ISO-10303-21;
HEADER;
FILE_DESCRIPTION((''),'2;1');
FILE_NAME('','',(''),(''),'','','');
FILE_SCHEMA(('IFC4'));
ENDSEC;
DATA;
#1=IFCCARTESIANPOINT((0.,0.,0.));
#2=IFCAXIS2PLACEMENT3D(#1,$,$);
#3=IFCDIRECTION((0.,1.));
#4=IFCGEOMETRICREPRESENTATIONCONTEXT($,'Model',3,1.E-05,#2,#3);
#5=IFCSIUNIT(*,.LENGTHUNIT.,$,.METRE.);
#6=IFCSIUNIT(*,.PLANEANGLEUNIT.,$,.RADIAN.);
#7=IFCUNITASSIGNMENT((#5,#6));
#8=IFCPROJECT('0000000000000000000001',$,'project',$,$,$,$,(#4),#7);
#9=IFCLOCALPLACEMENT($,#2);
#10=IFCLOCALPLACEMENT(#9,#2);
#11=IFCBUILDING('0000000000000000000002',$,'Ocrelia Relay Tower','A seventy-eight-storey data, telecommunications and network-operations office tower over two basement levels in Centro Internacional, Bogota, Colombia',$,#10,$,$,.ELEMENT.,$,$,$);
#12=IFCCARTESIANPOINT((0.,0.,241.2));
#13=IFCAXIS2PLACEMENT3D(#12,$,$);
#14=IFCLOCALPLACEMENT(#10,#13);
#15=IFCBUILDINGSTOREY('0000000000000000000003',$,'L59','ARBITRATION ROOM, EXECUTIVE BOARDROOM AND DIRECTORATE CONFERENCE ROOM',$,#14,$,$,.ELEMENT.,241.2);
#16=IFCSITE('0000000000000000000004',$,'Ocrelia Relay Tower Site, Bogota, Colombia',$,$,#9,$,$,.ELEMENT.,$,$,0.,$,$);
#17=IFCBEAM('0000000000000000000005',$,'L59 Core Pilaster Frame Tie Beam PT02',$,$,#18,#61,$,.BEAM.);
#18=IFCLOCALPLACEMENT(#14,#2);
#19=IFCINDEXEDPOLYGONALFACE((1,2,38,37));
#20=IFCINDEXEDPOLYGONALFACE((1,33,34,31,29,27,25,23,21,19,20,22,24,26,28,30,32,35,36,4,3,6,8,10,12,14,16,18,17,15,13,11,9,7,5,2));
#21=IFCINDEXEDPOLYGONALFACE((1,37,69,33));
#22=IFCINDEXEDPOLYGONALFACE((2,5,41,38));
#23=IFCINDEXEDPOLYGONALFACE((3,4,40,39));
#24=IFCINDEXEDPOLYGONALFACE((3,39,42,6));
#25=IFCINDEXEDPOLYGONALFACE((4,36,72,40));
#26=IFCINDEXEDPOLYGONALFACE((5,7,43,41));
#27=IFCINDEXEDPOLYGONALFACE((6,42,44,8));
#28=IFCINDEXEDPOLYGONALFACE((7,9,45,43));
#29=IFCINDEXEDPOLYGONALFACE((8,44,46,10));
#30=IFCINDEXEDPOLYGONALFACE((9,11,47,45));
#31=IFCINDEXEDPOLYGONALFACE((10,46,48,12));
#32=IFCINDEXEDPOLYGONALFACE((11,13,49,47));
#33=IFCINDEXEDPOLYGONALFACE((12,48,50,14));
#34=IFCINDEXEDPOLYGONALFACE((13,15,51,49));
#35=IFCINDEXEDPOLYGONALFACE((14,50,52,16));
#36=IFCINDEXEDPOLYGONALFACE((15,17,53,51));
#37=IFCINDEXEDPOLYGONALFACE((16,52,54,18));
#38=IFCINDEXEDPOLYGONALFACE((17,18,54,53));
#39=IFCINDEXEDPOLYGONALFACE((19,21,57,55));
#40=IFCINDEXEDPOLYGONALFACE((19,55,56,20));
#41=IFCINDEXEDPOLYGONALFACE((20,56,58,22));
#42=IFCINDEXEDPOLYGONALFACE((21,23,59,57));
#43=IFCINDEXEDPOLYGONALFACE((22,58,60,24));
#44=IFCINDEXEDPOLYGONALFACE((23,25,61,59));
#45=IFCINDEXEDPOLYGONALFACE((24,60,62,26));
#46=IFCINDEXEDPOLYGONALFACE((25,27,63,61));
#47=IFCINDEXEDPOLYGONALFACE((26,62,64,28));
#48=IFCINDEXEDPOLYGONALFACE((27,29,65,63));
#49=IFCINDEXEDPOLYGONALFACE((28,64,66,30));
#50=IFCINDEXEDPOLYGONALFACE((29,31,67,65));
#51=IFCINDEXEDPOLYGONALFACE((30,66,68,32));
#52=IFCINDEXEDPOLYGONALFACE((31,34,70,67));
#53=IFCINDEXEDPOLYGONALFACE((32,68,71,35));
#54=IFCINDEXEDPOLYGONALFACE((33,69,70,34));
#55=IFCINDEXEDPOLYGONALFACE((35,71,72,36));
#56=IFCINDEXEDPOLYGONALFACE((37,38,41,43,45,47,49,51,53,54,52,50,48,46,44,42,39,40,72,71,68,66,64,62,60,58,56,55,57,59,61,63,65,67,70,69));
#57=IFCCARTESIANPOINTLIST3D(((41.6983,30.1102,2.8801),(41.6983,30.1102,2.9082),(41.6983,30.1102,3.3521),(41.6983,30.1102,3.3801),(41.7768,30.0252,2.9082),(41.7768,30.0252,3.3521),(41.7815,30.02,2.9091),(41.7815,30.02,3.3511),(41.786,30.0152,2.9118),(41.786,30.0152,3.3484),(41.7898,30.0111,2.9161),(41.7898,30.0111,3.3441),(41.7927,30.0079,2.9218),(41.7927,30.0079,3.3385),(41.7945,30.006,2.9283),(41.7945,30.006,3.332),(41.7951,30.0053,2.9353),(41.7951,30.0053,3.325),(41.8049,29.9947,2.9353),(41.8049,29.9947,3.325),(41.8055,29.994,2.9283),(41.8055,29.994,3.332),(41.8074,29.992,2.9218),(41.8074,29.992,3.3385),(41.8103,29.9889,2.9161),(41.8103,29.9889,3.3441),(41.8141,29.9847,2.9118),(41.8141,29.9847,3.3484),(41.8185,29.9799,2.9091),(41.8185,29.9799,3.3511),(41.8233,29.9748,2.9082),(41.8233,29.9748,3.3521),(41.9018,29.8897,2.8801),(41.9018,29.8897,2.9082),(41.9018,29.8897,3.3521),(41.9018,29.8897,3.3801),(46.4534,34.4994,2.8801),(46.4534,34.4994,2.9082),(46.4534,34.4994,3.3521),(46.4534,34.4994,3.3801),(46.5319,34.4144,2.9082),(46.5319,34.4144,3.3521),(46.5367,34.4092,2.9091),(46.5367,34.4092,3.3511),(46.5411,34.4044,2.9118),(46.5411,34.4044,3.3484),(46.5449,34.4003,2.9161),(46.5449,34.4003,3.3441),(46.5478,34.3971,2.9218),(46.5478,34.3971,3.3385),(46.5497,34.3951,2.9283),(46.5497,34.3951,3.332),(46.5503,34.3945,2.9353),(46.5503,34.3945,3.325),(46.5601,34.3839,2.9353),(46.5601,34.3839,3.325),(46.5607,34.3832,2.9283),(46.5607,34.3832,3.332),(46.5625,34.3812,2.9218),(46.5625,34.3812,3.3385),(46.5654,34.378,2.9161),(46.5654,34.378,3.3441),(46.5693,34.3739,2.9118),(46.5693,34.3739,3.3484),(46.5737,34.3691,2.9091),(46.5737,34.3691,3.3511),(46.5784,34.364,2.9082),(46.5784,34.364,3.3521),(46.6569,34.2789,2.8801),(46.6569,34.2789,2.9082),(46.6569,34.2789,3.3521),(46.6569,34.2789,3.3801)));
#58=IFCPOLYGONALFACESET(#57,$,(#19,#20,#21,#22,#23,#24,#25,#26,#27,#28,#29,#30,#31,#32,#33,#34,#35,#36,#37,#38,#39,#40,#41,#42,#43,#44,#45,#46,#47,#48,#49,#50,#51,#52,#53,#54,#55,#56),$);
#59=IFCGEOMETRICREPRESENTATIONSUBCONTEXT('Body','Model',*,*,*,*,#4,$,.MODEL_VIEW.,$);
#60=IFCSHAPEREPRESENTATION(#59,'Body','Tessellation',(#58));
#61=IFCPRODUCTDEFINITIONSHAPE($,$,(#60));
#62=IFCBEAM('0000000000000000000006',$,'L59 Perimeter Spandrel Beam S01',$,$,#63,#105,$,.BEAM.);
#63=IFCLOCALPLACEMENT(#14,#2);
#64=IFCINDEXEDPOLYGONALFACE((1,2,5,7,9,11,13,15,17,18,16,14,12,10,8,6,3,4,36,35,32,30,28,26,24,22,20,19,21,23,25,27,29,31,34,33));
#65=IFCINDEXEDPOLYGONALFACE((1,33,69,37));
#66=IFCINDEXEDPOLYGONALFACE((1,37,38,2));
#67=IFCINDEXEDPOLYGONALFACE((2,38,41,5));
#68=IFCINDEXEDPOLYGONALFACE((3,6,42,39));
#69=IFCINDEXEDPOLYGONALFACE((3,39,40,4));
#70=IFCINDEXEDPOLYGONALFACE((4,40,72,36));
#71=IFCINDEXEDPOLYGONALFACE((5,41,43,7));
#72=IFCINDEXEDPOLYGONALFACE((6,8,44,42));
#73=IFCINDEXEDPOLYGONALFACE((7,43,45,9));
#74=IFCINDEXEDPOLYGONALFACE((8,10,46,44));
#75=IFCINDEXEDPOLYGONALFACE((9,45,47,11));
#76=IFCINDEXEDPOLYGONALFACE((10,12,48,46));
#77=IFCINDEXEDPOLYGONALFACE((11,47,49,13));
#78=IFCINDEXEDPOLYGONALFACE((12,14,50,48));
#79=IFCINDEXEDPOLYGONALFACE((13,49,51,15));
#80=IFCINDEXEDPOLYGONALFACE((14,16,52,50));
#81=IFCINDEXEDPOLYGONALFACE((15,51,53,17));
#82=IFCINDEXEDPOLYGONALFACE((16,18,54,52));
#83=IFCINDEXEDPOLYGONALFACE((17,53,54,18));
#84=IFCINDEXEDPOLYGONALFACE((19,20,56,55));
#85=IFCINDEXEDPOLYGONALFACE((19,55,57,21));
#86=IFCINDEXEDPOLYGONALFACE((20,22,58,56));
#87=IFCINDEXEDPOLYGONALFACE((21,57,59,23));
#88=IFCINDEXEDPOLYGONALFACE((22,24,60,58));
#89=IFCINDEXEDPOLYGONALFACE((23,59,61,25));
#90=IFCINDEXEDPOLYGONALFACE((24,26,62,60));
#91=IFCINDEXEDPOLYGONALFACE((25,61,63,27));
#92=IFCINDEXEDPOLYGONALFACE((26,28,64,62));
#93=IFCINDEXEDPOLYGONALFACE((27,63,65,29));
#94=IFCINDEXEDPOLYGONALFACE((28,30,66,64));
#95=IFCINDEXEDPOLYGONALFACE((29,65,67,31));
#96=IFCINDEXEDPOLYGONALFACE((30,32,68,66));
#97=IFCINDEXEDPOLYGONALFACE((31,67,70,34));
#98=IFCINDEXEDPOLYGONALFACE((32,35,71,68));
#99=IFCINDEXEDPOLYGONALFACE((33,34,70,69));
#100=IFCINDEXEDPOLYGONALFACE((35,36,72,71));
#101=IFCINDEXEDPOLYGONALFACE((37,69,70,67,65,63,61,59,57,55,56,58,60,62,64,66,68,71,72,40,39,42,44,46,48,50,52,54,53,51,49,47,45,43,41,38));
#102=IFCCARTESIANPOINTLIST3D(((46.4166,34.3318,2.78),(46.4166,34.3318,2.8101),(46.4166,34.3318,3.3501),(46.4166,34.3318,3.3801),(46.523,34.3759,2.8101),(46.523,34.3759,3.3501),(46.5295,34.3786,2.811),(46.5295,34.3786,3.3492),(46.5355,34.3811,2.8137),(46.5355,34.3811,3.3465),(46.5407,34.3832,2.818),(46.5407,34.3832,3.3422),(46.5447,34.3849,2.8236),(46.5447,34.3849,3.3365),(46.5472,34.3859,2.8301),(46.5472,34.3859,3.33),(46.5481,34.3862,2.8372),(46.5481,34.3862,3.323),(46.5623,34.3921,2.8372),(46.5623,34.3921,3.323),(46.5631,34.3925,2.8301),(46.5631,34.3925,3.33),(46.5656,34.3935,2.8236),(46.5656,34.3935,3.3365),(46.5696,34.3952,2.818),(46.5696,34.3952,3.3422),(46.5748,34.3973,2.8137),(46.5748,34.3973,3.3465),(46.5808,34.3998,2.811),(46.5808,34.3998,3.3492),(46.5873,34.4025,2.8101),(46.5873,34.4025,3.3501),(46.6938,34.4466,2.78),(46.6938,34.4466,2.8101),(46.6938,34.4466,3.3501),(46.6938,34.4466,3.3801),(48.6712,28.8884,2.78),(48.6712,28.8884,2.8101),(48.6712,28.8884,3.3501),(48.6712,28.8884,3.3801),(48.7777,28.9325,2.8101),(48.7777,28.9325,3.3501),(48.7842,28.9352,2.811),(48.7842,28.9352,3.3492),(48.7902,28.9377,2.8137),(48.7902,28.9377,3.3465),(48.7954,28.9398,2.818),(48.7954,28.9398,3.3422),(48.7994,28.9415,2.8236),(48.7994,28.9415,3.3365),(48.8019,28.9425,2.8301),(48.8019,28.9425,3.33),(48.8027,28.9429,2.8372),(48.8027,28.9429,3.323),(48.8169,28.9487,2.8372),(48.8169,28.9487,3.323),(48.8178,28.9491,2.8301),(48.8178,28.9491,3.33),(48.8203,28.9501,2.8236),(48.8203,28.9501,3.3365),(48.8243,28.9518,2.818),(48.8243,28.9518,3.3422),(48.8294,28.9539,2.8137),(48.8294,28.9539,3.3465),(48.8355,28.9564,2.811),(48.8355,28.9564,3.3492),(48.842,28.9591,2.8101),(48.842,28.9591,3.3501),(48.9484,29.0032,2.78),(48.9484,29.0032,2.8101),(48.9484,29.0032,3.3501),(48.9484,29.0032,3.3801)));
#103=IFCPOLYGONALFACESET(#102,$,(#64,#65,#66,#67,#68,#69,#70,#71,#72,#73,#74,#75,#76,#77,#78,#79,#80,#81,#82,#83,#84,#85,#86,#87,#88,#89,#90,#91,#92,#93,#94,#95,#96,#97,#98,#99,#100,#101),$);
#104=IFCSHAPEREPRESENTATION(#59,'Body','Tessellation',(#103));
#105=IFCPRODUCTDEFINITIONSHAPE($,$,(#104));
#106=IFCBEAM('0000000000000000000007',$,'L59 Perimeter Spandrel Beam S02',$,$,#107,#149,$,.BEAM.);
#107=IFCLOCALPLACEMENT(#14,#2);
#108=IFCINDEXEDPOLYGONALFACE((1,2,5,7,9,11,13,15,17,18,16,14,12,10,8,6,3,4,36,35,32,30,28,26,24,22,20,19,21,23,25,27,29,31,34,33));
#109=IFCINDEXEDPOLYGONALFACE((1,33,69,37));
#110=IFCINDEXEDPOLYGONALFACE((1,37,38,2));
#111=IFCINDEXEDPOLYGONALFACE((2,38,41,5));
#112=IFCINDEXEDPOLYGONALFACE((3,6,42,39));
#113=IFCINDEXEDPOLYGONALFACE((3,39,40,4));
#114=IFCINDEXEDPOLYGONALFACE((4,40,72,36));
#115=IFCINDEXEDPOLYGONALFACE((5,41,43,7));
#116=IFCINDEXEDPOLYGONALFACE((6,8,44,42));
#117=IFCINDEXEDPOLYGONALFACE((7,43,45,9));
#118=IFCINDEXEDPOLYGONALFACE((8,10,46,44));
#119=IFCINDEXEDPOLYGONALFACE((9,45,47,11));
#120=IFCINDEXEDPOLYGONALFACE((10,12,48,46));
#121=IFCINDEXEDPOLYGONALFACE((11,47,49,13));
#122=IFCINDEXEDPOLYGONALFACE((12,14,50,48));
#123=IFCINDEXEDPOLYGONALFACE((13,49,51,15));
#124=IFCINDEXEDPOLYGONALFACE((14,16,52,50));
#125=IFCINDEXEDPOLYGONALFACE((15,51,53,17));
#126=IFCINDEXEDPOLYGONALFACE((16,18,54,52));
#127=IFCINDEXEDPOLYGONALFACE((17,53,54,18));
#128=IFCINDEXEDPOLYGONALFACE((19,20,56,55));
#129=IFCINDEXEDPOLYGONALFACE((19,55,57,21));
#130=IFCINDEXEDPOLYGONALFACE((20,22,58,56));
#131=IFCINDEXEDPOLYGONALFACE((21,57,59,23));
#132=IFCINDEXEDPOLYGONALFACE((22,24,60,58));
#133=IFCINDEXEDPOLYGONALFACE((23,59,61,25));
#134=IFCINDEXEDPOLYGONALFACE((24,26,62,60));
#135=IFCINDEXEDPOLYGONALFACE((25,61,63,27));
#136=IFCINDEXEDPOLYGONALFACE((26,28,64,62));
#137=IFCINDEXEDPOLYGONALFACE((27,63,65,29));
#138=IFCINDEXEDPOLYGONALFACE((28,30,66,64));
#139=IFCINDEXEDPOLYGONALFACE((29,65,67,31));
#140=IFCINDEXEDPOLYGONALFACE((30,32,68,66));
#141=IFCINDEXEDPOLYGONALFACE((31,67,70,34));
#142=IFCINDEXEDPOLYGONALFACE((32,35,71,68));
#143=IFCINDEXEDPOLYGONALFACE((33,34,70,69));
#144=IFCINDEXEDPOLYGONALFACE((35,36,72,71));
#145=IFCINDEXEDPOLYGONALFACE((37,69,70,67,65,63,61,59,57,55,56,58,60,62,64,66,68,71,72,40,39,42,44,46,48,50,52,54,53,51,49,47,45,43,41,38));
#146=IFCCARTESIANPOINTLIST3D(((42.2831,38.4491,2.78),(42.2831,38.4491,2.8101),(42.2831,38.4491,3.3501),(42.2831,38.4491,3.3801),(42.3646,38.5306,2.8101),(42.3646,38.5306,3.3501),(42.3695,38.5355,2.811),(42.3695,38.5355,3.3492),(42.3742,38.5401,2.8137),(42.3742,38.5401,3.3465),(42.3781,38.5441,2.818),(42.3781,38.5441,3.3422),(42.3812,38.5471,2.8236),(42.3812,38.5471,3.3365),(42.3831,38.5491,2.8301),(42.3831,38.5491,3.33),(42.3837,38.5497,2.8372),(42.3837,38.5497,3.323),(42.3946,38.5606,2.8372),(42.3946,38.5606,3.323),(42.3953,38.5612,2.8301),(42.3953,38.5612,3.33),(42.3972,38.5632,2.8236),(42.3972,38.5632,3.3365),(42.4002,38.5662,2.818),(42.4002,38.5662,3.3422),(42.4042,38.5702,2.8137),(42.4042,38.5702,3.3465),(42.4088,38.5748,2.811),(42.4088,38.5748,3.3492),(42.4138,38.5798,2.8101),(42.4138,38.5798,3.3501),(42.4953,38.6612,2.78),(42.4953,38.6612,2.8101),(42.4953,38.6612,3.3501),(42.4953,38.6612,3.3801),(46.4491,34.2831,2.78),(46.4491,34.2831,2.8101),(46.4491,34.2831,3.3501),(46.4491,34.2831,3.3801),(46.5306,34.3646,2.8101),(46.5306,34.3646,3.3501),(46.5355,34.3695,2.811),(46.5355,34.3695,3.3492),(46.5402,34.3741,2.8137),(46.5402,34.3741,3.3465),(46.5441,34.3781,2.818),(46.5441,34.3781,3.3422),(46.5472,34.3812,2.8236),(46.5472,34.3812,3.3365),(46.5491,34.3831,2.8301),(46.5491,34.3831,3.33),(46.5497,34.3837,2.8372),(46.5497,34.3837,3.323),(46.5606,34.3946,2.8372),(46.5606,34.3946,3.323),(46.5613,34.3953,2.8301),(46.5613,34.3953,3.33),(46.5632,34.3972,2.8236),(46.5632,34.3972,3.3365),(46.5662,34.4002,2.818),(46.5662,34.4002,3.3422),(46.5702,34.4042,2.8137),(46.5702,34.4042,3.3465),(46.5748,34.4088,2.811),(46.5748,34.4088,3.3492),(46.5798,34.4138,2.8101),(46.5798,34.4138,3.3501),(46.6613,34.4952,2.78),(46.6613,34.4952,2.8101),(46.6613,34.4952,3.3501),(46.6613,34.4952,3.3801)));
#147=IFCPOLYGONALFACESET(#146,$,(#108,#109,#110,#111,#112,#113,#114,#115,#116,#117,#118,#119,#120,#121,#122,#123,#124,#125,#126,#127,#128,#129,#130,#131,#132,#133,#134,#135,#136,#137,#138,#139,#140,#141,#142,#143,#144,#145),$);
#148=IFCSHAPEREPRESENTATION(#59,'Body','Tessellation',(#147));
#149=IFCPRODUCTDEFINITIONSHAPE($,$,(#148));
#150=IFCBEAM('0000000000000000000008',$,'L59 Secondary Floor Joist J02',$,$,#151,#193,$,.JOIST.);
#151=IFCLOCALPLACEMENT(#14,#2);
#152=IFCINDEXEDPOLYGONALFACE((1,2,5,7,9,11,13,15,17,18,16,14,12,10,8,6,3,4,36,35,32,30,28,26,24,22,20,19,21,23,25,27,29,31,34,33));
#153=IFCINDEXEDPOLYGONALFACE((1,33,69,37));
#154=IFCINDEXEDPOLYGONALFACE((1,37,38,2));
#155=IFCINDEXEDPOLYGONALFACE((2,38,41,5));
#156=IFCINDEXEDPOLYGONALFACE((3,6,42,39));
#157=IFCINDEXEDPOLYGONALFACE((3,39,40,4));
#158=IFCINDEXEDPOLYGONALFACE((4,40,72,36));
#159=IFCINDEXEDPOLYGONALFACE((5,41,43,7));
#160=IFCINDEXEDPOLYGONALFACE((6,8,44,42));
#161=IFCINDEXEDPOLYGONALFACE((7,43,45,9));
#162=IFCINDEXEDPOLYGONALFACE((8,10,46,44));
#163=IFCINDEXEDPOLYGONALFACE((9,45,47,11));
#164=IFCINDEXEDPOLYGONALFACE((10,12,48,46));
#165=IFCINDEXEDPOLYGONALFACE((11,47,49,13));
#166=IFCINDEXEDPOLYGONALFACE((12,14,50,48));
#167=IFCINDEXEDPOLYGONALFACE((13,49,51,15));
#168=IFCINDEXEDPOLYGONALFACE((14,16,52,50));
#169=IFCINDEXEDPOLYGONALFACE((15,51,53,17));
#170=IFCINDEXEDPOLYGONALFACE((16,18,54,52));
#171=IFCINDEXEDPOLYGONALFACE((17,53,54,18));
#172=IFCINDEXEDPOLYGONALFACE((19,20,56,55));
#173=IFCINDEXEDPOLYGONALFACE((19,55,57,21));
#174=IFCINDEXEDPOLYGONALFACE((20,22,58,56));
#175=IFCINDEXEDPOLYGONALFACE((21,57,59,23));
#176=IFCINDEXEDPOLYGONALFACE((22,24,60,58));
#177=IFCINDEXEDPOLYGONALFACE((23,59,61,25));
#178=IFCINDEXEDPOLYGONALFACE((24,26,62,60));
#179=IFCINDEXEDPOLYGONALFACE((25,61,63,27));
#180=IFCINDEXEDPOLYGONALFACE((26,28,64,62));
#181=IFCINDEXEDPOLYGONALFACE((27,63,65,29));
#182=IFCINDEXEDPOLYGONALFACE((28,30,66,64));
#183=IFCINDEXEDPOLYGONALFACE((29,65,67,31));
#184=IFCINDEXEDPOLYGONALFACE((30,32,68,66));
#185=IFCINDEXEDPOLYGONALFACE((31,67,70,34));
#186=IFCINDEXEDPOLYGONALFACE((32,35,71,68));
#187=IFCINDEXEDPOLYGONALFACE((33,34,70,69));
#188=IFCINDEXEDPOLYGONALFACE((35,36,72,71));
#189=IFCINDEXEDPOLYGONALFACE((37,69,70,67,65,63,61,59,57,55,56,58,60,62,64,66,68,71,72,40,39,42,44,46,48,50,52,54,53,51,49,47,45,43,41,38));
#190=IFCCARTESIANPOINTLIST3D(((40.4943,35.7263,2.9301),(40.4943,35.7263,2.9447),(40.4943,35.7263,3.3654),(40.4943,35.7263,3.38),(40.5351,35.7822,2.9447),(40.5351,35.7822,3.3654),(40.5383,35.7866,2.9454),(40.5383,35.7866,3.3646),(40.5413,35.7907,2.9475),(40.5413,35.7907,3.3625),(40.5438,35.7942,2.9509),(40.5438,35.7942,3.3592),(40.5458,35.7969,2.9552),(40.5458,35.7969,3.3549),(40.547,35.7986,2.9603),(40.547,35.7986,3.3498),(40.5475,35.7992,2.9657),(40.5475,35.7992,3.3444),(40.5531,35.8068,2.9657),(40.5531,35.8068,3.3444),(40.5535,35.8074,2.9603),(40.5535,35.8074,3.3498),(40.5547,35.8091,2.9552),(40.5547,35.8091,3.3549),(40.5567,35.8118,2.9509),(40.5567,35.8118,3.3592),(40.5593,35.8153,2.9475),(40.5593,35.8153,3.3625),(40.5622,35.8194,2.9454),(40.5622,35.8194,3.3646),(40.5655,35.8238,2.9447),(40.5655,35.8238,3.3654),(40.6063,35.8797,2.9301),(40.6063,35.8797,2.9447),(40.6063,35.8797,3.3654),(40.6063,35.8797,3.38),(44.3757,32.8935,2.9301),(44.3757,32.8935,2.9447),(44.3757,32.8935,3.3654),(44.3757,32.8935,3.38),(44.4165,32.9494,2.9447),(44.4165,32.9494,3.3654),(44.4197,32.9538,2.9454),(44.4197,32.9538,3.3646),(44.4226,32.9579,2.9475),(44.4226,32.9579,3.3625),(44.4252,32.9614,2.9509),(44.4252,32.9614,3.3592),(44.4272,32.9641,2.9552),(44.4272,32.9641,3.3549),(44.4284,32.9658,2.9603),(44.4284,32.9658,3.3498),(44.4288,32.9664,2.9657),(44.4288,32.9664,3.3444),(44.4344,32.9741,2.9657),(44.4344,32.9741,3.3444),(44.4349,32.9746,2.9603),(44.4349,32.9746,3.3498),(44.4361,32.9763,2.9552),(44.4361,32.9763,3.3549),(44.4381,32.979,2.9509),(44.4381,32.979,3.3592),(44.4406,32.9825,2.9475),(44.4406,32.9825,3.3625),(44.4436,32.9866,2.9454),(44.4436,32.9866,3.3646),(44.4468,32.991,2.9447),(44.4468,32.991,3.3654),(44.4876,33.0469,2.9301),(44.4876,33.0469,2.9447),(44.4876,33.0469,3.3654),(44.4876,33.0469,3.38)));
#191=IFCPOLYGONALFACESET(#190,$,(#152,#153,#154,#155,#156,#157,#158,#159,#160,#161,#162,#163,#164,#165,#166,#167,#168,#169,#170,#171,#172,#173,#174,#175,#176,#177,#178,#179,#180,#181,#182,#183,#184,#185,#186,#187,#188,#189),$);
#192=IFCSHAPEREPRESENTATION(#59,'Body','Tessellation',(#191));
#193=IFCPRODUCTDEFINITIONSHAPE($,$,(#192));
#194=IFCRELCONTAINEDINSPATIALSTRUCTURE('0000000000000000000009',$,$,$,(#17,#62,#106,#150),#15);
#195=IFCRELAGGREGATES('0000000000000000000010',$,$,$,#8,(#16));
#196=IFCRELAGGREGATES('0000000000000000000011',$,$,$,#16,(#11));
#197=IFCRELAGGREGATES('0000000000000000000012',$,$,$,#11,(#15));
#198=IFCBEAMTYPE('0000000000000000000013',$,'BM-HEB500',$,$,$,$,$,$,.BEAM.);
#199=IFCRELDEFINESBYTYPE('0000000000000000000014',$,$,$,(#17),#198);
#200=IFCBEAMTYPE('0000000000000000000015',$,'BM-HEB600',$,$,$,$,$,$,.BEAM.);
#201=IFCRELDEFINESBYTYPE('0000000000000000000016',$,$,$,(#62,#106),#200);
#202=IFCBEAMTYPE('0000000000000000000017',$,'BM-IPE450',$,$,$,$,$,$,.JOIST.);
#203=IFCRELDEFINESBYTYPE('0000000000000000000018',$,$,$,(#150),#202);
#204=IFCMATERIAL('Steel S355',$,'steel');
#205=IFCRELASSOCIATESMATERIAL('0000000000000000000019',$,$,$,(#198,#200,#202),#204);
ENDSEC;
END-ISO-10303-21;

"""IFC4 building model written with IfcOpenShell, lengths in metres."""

from ifc_helpers import new_model, si_unit, direction, frame, origin, origin_2d, place, context, subcontext, project, spatial, i_section, extrude, material, material_profile, profile_set, type_object, element, save


model = new_model("IFC4")

# Units and contexts
model_context = context("Model", 3, precision=1e-05, world=origin(), true_north=direction((0.0, 1.0)))
body_context = subcontext(model_context, "Body", "Model", "MODEL_VIEW")
ifc_project = project(units=[si_unit("LENGTHUNIT", "METRE"), si_unit("PLANEANGLEUNIT", "RADIAN")], contexts=[model_context])

# Site, building, storey
site_placement = place(None, origin())
site = spatial("IfcSite", under=ifc_project, at=site_placement, Name="Ocrelia Relay Tower Site, Bogota, Colombia", CompositionType="ELEMENT", RefElevation=0.0)
building_placement = place(site_placement, origin())
building = spatial("IfcBuilding", under=site, at=building_placement, Name="Ocrelia Relay Tower", Description="A seventy-eight-storey data, telecommunications and network-operations office tower over two basement levels in Centro Internacional, Bogota, Colombia", CompositionType="ELEMENT")
storey_placement = place(building_placement, frame((0.0, 0.0, 241.2)))
storey = spatial("IfcBuildingStorey", under=building, at=storey_placement, Name="L59", Description="ARBITRATION ROOM, EXECUTIVE BOARDROOM AND DIRECTORATE CONFERENCE ROOM", CompositionType="ELEMENT", Elevation=241.2)

# Beams
ifc_material_1 = material(Name="Steel S355", Category="steel")
ifc_material_profile_1 = material_profile(ifc_material_1, i_section(OverallWidth=0.3, OverallDepth=0.5, WebThickness=0.0144, FlangeThickness=0.0281, FilletRadius=0.0271, at=origin_2d()), Name="HEB 500")
ifc_profile_set_1 = profile_set([ifc_material_profile_1], Name="Steel S355")
beam_type_1 = type_object("IfcBeamType", Name="BM-HEB500", PredefinedType="BEAM", material=ifc_profile_set_1)
beam_1_placement = place(storey_placement, frame((46.5552, 34.3892, 3.1301), z_axis=(-0.734818, -0.678264, 0.0), x_axis=(0.678264, -0.734818, 0.0)))
element("IfcBeam", 1, at=beam_1_placement, inside=storey, type_object=beam_type_1, Name="L59 Core Pilaster Frame Tie Beam PT02", PredefinedType="BEAM", context=body_context, shape_type="SweptSolid", body=[
    extrude(i_section(OverallWidth=0.3, OverallDepth=0.5, WebThickness=0.0144, FlangeThickness=0.0281, FilletRadius=0.0271, at=origin_2d()), origin(), (0.0, 0.0, 1.0), 6.4712),
])
ifc_material_profile_2 = material_profile(ifc_material_1, i_section(OverallWidth=0.3, OverallDepth=0.6001, WebThickness=0.0154, FlangeThickness=0.03, FilletRadius=0.0271, at=origin_2d()), Name="HEB 600")
ifc_profile_set_2 = profile_set([ifc_material_profile_2], Name="Steel S355")
beam_type_2 = type_object("IfcBeamType", Name="BM-HEB600", PredefinedType="BEAM", material=ifc_profile_set_2)
beam_2_placement = place(storey_placement, frame((48.8098, 28.9458, 3.0801), z_axis=(-0.382673, 0.923884, 0.0), x_axis=(-0.923884, -0.382673, 0.0)))
element("IfcBeam", 2, at=beam_2_placement, inside=storey, type_object=beam_type_2, Name="L59 Perimeter Spandrel Beam S01", PredefinedType="BEAM", context=body_context, shape_type="SweptSolid", body=[
    extrude(i_section(OverallWidth=0.3, OverallDepth=0.6001, WebThickness=0.0154, FlangeThickness=0.03, FilletRadius=0.0271, at=origin_2d()), origin(), (0.0, 0.0, 1.0), 5.8918),
])
beam_3_placement = place(storey_placement, frame((46.5552, 34.3892, 3.0801), z_axis=(-0.707107, 0.707107, 0.0), x_axis=(-0.707107, -0.707107, 0.0)))
element("IfcBeam", 3, at=beam_3_placement, inside=storey, type_object=beam_type_2, Name="L59 Perimeter Spandrel Beam S02", PredefinedType="BEAM", context=body_context, shape_type="SweptSolid", body=[
    extrude(i_section(OverallWidth=0.3, OverallDepth=0.6001, WebThickness=0.0154, FlangeThickness=0.03, FilletRadius=0.0271, at=origin_2d()), origin(), (0.0, 0.0, 1.0), 5.8916),
])
ifc_material_profile_3 = material_profile(ifc_material_1, i_section(OverallWidth=0.1899, OverallDepth=0.45, WebThickness=0.0095, FlangeThickness=0.0146, FilletRadius=0.021, at=origin_2d()), Name="IPE 450")
ifc_profile_set_3 = profile_set([ifc_material_profile_3], Name="Steel S355")
beam_type_3 = type_object("IfcBeamType", Name="BM-IPE450", PredefinedType="JOIST", material=ifc_profile_set_3)
beam_4_placement = place(storey_placement, frame((44.4316, 32.9702, 3.155), z_axis=(-0.807748, 0.589527, 0.0), x_axis=(-0.589527, -0.807748, 0.0)))
element("IfcBeam", 4, at=beam_4_placement, inside=storey, type_object=beam_type_3, Name="L59 Secondary Floor Joist J02", PredefinedType="JOIST", context=body_context, shape_type="SweptSolid", body=[
    extrude(i_section(OverallWidth=0.1899, OverallDepth=0.45, WebThickness=0.0095, FlangeThickness=0.0146, FilletRadius=0.021, at=origin_2d()), origin(), (0.0, 0.0, 1.0), 4.8052),
])

save(model, "model.ifc")
